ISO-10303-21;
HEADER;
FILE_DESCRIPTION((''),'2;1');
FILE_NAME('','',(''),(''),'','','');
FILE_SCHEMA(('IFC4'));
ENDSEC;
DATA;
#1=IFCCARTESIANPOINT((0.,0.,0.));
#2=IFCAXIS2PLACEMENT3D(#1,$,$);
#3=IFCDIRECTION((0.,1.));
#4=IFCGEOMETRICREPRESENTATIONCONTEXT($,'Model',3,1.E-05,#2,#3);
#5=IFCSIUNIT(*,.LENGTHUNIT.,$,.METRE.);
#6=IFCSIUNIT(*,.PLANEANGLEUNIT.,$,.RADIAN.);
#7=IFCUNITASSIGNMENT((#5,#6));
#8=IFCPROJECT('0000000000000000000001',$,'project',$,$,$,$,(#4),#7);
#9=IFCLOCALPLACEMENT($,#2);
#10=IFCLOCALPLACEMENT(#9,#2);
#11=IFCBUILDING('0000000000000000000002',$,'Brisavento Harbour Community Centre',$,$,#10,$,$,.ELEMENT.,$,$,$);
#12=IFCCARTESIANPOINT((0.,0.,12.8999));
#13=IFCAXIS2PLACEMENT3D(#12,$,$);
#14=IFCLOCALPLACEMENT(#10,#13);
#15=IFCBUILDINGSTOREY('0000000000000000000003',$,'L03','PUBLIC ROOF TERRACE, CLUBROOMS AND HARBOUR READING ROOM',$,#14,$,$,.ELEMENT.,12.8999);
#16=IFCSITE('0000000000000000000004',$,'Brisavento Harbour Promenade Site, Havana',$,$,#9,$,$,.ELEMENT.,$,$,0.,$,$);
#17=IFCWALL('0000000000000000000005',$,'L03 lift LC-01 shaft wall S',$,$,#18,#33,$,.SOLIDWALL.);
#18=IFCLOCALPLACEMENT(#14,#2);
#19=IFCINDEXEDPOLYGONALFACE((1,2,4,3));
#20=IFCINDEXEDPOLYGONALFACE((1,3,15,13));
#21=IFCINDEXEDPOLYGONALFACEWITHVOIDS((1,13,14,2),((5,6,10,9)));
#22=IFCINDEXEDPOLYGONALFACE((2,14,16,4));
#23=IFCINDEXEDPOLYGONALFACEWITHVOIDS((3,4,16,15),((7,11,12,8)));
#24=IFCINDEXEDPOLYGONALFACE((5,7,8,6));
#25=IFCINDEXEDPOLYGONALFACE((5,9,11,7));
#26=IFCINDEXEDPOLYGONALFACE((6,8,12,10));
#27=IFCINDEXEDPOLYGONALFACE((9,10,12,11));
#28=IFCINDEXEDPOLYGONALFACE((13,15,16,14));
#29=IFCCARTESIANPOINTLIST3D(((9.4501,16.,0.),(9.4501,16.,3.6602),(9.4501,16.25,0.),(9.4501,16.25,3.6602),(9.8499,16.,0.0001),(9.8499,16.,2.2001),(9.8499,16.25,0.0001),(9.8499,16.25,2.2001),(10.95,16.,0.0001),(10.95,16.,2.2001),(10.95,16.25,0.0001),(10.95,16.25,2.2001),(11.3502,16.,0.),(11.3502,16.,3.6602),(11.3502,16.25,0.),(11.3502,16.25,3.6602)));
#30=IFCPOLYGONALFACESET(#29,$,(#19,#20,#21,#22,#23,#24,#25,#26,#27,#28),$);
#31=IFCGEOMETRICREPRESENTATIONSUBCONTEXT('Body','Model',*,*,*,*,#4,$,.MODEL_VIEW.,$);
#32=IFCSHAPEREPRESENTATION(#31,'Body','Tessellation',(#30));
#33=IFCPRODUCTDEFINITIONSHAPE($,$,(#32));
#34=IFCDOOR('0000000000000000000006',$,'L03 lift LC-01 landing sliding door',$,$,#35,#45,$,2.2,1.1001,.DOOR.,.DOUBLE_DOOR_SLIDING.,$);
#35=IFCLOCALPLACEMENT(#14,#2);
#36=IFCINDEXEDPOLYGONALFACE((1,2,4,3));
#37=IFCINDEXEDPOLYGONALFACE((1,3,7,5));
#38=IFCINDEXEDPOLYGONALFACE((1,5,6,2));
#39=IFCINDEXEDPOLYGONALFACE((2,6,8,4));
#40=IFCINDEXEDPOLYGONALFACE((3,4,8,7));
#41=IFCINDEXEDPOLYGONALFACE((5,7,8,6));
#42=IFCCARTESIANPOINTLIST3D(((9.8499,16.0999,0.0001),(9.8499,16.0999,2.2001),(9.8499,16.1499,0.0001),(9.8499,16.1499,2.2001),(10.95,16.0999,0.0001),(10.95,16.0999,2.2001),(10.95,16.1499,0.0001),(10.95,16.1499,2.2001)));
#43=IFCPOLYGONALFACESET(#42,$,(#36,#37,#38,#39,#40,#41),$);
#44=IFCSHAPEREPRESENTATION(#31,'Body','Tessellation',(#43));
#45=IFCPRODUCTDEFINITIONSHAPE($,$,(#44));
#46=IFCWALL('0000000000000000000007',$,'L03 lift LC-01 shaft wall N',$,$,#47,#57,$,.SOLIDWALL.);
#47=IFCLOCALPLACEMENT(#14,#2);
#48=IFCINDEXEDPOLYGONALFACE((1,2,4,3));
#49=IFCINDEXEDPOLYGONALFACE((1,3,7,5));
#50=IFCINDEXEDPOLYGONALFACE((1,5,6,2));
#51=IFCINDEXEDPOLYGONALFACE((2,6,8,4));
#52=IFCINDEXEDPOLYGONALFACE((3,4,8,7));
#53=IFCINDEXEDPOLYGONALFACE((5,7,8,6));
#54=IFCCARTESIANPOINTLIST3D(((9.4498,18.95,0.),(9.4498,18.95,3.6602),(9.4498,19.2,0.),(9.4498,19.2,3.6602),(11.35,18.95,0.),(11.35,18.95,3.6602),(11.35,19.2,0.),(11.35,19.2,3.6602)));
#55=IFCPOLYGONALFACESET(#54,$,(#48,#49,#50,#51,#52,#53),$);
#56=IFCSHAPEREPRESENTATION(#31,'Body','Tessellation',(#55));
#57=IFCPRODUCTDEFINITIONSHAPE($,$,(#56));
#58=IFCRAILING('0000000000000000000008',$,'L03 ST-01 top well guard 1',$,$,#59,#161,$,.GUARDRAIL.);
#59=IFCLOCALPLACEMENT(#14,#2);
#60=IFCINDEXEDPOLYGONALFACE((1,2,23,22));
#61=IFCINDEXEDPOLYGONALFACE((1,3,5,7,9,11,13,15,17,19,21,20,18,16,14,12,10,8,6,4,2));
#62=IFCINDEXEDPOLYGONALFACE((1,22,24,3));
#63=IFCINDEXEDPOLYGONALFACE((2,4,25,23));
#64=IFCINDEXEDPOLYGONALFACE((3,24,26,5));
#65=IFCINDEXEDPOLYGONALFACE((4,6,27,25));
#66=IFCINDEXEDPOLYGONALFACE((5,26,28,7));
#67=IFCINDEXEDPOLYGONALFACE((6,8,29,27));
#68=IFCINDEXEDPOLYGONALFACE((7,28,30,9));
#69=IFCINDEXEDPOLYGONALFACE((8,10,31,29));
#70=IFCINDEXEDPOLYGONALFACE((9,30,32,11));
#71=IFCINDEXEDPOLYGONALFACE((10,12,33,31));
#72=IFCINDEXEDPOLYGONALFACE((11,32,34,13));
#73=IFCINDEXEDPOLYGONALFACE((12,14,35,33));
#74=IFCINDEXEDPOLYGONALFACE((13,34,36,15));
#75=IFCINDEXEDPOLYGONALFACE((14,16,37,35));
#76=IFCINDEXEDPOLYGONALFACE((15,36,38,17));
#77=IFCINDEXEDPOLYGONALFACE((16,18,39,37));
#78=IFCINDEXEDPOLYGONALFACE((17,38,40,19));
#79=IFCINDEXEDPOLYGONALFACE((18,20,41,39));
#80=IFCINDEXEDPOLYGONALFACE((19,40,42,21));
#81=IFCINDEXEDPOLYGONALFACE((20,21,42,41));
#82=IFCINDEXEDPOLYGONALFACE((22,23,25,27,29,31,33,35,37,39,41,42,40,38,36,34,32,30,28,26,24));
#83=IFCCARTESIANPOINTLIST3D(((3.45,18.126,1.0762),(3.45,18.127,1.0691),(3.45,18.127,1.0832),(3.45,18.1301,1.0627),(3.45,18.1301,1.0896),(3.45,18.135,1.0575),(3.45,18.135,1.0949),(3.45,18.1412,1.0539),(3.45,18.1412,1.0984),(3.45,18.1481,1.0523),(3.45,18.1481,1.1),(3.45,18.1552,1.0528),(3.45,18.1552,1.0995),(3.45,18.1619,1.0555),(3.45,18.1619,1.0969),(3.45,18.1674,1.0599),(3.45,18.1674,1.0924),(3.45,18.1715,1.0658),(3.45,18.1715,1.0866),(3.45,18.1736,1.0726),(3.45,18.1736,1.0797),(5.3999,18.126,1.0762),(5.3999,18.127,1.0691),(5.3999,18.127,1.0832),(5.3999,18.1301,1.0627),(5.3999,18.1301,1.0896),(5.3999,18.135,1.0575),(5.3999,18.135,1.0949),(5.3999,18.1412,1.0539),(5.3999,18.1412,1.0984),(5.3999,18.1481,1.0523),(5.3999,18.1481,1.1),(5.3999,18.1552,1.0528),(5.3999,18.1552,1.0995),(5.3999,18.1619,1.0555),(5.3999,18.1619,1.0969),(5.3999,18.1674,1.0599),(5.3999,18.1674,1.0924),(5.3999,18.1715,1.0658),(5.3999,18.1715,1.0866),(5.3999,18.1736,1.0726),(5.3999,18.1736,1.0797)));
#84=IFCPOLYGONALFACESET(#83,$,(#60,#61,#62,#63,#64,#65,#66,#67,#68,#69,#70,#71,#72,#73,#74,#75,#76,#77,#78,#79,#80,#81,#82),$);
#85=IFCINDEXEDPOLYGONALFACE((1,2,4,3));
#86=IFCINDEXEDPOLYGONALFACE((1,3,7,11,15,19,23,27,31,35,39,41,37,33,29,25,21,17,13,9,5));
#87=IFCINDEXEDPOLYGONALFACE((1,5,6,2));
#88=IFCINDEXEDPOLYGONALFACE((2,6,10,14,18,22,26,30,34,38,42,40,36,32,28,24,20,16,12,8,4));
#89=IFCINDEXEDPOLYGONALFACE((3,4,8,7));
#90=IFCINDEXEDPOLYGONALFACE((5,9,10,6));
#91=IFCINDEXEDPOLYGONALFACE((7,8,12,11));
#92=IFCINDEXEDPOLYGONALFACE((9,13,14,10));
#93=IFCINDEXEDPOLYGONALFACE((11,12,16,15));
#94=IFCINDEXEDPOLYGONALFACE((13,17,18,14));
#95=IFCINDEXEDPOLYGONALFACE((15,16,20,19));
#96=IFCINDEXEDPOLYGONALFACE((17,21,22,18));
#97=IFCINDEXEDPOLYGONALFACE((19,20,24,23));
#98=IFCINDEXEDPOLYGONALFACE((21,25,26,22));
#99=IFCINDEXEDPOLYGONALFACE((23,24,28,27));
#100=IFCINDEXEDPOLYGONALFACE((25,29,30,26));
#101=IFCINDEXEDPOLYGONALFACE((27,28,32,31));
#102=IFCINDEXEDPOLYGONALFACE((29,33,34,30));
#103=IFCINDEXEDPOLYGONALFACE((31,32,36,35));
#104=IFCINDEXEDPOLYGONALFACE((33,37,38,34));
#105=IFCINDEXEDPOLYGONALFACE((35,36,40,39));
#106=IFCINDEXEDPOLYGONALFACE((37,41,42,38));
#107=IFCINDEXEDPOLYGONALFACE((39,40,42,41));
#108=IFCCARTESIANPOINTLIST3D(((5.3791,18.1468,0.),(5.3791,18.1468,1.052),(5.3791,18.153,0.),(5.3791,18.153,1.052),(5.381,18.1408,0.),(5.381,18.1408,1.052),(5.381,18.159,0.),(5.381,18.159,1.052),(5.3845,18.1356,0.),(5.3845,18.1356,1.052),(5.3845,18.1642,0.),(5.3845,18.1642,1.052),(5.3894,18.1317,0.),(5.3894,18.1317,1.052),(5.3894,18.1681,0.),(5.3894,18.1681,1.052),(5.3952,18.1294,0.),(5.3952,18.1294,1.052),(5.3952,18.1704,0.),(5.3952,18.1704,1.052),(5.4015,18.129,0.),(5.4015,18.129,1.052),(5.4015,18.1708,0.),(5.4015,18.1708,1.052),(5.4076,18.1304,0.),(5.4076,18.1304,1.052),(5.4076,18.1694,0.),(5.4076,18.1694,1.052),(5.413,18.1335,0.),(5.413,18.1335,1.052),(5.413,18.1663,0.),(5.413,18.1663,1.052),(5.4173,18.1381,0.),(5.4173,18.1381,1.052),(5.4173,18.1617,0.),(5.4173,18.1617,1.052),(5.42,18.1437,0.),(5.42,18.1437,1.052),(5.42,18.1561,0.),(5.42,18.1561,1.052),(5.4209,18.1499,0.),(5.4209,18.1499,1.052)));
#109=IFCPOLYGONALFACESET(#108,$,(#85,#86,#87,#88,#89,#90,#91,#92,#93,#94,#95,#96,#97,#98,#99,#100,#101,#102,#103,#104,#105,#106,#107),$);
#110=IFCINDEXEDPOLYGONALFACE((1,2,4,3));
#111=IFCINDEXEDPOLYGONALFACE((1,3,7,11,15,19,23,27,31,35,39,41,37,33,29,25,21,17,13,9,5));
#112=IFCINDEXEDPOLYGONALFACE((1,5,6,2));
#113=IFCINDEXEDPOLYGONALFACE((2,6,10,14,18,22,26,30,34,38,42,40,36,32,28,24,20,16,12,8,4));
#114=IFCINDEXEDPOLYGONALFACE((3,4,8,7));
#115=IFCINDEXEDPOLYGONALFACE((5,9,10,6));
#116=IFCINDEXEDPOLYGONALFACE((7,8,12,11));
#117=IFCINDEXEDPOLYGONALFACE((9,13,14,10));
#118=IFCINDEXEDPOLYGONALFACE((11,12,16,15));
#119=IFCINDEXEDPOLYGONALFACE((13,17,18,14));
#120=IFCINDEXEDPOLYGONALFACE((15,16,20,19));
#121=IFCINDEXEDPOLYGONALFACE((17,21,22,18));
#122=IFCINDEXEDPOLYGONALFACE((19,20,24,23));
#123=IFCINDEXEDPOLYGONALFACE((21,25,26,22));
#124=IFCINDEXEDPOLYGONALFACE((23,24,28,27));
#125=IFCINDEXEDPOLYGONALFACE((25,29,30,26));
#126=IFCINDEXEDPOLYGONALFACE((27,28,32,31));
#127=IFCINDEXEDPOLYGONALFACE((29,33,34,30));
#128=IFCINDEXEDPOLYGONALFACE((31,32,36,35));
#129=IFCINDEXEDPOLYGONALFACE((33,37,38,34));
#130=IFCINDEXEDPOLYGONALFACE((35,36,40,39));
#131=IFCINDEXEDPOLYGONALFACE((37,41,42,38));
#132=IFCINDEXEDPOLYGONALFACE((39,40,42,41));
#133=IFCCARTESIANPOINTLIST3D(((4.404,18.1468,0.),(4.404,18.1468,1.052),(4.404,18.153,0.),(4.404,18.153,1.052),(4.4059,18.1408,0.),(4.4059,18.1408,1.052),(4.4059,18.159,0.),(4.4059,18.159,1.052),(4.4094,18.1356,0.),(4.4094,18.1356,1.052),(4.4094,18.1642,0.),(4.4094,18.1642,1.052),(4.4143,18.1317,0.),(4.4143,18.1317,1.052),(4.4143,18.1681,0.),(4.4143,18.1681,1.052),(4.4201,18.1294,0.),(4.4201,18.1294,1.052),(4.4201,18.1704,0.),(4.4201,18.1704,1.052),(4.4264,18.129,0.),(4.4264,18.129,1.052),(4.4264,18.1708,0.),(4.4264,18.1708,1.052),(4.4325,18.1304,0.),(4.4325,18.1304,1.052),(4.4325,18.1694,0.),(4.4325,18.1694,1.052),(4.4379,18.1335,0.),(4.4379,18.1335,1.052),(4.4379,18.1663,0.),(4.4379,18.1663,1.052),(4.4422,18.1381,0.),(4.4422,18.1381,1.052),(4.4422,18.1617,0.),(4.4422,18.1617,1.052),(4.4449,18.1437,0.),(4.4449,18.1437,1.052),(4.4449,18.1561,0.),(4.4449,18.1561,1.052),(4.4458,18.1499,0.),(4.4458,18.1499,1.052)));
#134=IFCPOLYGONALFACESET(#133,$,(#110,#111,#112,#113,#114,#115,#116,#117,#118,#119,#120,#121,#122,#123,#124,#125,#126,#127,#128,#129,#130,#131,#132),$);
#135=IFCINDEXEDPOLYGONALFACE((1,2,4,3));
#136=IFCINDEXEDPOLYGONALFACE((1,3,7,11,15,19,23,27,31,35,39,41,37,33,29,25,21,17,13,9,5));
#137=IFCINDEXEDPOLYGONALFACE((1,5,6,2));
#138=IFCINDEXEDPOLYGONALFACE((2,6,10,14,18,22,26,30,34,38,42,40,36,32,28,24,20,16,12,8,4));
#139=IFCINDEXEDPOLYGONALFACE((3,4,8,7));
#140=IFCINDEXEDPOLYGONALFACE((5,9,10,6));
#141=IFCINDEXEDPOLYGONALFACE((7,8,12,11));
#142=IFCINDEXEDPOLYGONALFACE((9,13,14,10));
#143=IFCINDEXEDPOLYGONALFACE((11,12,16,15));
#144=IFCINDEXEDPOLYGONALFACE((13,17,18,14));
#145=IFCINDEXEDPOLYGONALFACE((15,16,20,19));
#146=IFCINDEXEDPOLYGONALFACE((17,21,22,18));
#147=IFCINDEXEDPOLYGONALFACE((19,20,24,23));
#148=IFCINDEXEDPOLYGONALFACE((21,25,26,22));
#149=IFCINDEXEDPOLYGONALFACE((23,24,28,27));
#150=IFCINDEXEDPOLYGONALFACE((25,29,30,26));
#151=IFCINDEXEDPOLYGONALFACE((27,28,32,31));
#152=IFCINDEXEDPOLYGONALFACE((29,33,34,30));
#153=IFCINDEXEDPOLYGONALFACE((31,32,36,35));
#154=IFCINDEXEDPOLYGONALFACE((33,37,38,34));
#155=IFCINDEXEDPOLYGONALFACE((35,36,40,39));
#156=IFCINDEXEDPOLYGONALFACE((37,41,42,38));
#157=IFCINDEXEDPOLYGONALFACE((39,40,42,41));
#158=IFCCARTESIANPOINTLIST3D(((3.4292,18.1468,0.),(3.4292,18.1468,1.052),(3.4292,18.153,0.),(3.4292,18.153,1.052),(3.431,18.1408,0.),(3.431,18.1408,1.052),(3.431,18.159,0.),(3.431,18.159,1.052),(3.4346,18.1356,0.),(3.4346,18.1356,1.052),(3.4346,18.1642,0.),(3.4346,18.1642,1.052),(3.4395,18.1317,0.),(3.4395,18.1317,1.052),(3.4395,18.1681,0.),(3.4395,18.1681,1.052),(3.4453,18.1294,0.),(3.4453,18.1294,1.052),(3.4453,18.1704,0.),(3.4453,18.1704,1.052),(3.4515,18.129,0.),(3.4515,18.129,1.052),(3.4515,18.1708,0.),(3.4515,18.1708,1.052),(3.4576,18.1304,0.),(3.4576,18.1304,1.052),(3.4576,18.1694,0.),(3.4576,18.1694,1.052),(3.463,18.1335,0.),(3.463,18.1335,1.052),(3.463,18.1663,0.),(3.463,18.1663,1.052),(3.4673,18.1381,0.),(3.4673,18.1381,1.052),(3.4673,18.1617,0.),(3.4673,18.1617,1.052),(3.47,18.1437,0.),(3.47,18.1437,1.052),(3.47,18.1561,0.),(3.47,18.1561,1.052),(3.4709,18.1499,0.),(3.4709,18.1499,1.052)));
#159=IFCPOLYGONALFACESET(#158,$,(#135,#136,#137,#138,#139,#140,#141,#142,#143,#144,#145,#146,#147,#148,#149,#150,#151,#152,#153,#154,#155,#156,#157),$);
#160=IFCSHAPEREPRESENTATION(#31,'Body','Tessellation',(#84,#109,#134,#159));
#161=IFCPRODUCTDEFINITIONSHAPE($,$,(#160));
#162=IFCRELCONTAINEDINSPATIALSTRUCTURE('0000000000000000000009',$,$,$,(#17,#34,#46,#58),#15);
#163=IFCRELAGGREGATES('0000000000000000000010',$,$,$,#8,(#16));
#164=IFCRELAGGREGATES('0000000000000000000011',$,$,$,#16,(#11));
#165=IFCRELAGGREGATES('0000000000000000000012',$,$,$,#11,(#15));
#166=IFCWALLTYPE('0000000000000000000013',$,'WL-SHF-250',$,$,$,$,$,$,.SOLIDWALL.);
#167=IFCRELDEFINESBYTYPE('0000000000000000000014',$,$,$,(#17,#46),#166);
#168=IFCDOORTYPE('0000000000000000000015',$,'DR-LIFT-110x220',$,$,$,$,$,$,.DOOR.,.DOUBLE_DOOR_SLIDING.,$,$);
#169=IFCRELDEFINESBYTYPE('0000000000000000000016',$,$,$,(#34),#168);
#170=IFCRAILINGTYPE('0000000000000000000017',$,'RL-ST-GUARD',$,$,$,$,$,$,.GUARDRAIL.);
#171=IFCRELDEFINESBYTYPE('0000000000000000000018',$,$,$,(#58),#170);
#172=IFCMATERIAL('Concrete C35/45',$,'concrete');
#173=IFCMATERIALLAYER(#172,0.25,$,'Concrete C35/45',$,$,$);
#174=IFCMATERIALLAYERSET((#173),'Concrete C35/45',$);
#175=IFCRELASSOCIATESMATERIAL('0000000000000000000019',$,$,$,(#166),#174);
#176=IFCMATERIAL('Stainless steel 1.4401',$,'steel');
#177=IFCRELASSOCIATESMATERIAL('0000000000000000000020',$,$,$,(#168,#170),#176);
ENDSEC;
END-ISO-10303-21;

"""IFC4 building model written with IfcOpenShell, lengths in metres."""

from ifc_helpers import new_model, si_unit, direction, frame, frame_2d, origin, origin_2d, place, context, subcontext, project, spatial, rectangle, circle, extrude, material, layer, layer_set, type_object, element, fill, save


model = new_model("IFC4")

# Units and contexts
model_context = context("Model", 3, precision=1e-05, world=origin(), true_north=direction((0.0, 1.0)))
body_context = subcontext(model_context, "Body", "Model", "MODEL_VIEW")
ifc_project = project(units=[si_unit("LENGTHUNIT", "METRE"), si_unit("PLANEANGLEUNIT", "RADIAN")], contexts=[model_context])

# Site, building, storey
site_placement = place(None, origin())
site = spatial("IfcSite", under=ifc_project, at=site_placement, Name="Brisavento Harbour Promenade Site, Havana", CompositionType="ELEMENT", RefElevation=0.0)
building_placement = place(site_placement, origin())
building = spatial("IfcBuilding", under=site, at=building_placement, Name="Brisavento Harbour Community Centre", CompositionType="ELEMENT")
storey_placement = place(building_placement, frame((0.0, 0.0, 12.8999)))
storey = spatial("IfcBuildingStorey", under=building, at=storey_placement, Name="L03", Description="PUBLIC ROOF TERRACE, CLUBROOMS AND HARBOUR READING ROOM", CompositionType="ELEMENT", Elevation=12.8999)

# Shared definitions
ifc_material_1 = material(Name="Concrete C35/45", Category="concrete")

# Shared definitions
ifc_layer_1 = layer(ifc_material_1, 0.25, Name="Concrete C35/45")
ifc_layer_set_1 = layer_set([ifc_layer_1], Name="Concrete C35/45")
wall_type_1 = type_object("IfcWallType", Name="WL-SHF-250", PredefinedType="SOLIDWALL", material=ifc_layer_set_1)

# Wall, opening, door
wall_1_placement = place(storey_placement, frame((9.45, 16.125, 0.0), z_axis=(0.0, 0.0, 1.0), x_axis=(1.0, 0.0, 0.0)))
wall_1 = element("IfcWall", 1, at=wall_1_placement, inside=storey, type_object=wall_type_1, Name="L03 lift LC-01 shaft wall S", PredefinedType="SOLIDWALL", context=body_context, shape_type="SweptSolid", body=[
    extrude(rectangle(XDim=1.9001, YDim=0.25, at=frame_2d((0.9502, 0.0))), origin(), (0.0, 0.0, 1.0), 3.6602),
])
opening_1_placement = place(wall_1_placement, frame((0.3999, 0.0, 0.0)))
opening_1 = element("IfcOpeningElement", 2, at=opening_1_placement, cuts=wall_1, PredefinedType="OPENING", context=body_context, shape_type="SweptSolid", body=[
    extrude(rectangle(XDim=1.1001, YDim=2.2, at=frame_2d((0.55, 1.1001))), frame((0.0, 0.135, 0.0), z_axis=(0.0, -1.0, 0.0), x_axis=(1.0, 0.0, 0.0)), (0.0, 0.0, 1.0), 0.27),
])
ifc_material_2 = material(Name="Stainless steel 1.4401", Category="steel")
door_type_1 = type_object("IfcDoorType", Name="DR-LIFT-110x220", OperationType="DOUBLE_DOOR_SLIDING", PredefinedType="DOOR", material=ifc_material_2)
door_1_placement = place(opening_1_placement, origin())
door_1 = element("IfcDoor", 3, at=door_1_placement, inside=storey, type_object=door_type_1, Name="L03 lift LC-01 landing sliding door", OperationType="DOUBLE_DOOR_SLIDING", OverallHeight=2.2, OverallWidth=1.1001, PredefinedType="DOOR", context=body_context, shape_type="SweptSolid", body=[
    extrude(rectangle(XDim=1.1001, YDim=2.2, at=frame_2d((0.55, 1.1001))), frame((0.0, 0.0249, 0.0), z_axis=(0.0, -1.0, 0.0), x_axis=(1.0, 0.0, 0.0)), (0.0, 0.0, 1.0), 0.05),
])
fill(opening_1, door_1)

# Wall
wall_2_placement = place(storey_placement, frame((11.3501, 19.075, 0.0), z_axis=(0.0, 0.0, 1.0), x_axis=(-1.0, 0.0, 0.0)))
element("IfcWall", 4, at=wall_2_placement, inside=storey, type_object=wall_type_1, Name="L03 lift LC-01 shaft wall N", PredefinedType="SOLIDWALL", context=body_context, shape_type="SweptSolid", body=[
    extrude(rectangle(XDim=1.9001, YDim=0.25, at=frame_2d((0.9502, 0.0))), origin(), (0.0, 0.0, 1.0), 3.6602),
])

# Railing
railing_type = type_object("IfcRailingType", Name="RL-ST-GUARD", PredefinedType="GUARDRAIL", material=ifc_material_2)
railing_placement = place(storey_placement, frame((5.3999, 18.1499, 0.0)))
element("IfcRailing", 5, at=railing_placement, inside=storey, type_object=railing_type, Name="L03 ST-01 top well guard 1", PredefinedType="GUARDRAIL", context=body_context, shape_type="SweptSolid", body=[
    extrude(circle(Radius=0.0239, at=origin_2d()), frame((0.0, 0.0, 1.0762), z_axis=(-1.0, 0.0, 0.0), x_axis=(0.0, -1.0, 0.0)), (0.0, 0.0, 1.0), 1.95),
    extrude(circle(Radius=0.021, at=origin_2d()), origin(), (0.0, 0.0, 1.0), 1.052),
    extrude(circle(Radius=0.021, at=origin_2d()), frame((-0.9751, 0.0, 0.0)), (0.0, 0.0, 1.0), 1.052),
    extrude(circle(Radius=0.021, at=origin_2d()), frame((-1.95, 0.0, 0.0)), (0.0, 0.0, 1.0), 1.052),
])

save(model, "model.ifc")
